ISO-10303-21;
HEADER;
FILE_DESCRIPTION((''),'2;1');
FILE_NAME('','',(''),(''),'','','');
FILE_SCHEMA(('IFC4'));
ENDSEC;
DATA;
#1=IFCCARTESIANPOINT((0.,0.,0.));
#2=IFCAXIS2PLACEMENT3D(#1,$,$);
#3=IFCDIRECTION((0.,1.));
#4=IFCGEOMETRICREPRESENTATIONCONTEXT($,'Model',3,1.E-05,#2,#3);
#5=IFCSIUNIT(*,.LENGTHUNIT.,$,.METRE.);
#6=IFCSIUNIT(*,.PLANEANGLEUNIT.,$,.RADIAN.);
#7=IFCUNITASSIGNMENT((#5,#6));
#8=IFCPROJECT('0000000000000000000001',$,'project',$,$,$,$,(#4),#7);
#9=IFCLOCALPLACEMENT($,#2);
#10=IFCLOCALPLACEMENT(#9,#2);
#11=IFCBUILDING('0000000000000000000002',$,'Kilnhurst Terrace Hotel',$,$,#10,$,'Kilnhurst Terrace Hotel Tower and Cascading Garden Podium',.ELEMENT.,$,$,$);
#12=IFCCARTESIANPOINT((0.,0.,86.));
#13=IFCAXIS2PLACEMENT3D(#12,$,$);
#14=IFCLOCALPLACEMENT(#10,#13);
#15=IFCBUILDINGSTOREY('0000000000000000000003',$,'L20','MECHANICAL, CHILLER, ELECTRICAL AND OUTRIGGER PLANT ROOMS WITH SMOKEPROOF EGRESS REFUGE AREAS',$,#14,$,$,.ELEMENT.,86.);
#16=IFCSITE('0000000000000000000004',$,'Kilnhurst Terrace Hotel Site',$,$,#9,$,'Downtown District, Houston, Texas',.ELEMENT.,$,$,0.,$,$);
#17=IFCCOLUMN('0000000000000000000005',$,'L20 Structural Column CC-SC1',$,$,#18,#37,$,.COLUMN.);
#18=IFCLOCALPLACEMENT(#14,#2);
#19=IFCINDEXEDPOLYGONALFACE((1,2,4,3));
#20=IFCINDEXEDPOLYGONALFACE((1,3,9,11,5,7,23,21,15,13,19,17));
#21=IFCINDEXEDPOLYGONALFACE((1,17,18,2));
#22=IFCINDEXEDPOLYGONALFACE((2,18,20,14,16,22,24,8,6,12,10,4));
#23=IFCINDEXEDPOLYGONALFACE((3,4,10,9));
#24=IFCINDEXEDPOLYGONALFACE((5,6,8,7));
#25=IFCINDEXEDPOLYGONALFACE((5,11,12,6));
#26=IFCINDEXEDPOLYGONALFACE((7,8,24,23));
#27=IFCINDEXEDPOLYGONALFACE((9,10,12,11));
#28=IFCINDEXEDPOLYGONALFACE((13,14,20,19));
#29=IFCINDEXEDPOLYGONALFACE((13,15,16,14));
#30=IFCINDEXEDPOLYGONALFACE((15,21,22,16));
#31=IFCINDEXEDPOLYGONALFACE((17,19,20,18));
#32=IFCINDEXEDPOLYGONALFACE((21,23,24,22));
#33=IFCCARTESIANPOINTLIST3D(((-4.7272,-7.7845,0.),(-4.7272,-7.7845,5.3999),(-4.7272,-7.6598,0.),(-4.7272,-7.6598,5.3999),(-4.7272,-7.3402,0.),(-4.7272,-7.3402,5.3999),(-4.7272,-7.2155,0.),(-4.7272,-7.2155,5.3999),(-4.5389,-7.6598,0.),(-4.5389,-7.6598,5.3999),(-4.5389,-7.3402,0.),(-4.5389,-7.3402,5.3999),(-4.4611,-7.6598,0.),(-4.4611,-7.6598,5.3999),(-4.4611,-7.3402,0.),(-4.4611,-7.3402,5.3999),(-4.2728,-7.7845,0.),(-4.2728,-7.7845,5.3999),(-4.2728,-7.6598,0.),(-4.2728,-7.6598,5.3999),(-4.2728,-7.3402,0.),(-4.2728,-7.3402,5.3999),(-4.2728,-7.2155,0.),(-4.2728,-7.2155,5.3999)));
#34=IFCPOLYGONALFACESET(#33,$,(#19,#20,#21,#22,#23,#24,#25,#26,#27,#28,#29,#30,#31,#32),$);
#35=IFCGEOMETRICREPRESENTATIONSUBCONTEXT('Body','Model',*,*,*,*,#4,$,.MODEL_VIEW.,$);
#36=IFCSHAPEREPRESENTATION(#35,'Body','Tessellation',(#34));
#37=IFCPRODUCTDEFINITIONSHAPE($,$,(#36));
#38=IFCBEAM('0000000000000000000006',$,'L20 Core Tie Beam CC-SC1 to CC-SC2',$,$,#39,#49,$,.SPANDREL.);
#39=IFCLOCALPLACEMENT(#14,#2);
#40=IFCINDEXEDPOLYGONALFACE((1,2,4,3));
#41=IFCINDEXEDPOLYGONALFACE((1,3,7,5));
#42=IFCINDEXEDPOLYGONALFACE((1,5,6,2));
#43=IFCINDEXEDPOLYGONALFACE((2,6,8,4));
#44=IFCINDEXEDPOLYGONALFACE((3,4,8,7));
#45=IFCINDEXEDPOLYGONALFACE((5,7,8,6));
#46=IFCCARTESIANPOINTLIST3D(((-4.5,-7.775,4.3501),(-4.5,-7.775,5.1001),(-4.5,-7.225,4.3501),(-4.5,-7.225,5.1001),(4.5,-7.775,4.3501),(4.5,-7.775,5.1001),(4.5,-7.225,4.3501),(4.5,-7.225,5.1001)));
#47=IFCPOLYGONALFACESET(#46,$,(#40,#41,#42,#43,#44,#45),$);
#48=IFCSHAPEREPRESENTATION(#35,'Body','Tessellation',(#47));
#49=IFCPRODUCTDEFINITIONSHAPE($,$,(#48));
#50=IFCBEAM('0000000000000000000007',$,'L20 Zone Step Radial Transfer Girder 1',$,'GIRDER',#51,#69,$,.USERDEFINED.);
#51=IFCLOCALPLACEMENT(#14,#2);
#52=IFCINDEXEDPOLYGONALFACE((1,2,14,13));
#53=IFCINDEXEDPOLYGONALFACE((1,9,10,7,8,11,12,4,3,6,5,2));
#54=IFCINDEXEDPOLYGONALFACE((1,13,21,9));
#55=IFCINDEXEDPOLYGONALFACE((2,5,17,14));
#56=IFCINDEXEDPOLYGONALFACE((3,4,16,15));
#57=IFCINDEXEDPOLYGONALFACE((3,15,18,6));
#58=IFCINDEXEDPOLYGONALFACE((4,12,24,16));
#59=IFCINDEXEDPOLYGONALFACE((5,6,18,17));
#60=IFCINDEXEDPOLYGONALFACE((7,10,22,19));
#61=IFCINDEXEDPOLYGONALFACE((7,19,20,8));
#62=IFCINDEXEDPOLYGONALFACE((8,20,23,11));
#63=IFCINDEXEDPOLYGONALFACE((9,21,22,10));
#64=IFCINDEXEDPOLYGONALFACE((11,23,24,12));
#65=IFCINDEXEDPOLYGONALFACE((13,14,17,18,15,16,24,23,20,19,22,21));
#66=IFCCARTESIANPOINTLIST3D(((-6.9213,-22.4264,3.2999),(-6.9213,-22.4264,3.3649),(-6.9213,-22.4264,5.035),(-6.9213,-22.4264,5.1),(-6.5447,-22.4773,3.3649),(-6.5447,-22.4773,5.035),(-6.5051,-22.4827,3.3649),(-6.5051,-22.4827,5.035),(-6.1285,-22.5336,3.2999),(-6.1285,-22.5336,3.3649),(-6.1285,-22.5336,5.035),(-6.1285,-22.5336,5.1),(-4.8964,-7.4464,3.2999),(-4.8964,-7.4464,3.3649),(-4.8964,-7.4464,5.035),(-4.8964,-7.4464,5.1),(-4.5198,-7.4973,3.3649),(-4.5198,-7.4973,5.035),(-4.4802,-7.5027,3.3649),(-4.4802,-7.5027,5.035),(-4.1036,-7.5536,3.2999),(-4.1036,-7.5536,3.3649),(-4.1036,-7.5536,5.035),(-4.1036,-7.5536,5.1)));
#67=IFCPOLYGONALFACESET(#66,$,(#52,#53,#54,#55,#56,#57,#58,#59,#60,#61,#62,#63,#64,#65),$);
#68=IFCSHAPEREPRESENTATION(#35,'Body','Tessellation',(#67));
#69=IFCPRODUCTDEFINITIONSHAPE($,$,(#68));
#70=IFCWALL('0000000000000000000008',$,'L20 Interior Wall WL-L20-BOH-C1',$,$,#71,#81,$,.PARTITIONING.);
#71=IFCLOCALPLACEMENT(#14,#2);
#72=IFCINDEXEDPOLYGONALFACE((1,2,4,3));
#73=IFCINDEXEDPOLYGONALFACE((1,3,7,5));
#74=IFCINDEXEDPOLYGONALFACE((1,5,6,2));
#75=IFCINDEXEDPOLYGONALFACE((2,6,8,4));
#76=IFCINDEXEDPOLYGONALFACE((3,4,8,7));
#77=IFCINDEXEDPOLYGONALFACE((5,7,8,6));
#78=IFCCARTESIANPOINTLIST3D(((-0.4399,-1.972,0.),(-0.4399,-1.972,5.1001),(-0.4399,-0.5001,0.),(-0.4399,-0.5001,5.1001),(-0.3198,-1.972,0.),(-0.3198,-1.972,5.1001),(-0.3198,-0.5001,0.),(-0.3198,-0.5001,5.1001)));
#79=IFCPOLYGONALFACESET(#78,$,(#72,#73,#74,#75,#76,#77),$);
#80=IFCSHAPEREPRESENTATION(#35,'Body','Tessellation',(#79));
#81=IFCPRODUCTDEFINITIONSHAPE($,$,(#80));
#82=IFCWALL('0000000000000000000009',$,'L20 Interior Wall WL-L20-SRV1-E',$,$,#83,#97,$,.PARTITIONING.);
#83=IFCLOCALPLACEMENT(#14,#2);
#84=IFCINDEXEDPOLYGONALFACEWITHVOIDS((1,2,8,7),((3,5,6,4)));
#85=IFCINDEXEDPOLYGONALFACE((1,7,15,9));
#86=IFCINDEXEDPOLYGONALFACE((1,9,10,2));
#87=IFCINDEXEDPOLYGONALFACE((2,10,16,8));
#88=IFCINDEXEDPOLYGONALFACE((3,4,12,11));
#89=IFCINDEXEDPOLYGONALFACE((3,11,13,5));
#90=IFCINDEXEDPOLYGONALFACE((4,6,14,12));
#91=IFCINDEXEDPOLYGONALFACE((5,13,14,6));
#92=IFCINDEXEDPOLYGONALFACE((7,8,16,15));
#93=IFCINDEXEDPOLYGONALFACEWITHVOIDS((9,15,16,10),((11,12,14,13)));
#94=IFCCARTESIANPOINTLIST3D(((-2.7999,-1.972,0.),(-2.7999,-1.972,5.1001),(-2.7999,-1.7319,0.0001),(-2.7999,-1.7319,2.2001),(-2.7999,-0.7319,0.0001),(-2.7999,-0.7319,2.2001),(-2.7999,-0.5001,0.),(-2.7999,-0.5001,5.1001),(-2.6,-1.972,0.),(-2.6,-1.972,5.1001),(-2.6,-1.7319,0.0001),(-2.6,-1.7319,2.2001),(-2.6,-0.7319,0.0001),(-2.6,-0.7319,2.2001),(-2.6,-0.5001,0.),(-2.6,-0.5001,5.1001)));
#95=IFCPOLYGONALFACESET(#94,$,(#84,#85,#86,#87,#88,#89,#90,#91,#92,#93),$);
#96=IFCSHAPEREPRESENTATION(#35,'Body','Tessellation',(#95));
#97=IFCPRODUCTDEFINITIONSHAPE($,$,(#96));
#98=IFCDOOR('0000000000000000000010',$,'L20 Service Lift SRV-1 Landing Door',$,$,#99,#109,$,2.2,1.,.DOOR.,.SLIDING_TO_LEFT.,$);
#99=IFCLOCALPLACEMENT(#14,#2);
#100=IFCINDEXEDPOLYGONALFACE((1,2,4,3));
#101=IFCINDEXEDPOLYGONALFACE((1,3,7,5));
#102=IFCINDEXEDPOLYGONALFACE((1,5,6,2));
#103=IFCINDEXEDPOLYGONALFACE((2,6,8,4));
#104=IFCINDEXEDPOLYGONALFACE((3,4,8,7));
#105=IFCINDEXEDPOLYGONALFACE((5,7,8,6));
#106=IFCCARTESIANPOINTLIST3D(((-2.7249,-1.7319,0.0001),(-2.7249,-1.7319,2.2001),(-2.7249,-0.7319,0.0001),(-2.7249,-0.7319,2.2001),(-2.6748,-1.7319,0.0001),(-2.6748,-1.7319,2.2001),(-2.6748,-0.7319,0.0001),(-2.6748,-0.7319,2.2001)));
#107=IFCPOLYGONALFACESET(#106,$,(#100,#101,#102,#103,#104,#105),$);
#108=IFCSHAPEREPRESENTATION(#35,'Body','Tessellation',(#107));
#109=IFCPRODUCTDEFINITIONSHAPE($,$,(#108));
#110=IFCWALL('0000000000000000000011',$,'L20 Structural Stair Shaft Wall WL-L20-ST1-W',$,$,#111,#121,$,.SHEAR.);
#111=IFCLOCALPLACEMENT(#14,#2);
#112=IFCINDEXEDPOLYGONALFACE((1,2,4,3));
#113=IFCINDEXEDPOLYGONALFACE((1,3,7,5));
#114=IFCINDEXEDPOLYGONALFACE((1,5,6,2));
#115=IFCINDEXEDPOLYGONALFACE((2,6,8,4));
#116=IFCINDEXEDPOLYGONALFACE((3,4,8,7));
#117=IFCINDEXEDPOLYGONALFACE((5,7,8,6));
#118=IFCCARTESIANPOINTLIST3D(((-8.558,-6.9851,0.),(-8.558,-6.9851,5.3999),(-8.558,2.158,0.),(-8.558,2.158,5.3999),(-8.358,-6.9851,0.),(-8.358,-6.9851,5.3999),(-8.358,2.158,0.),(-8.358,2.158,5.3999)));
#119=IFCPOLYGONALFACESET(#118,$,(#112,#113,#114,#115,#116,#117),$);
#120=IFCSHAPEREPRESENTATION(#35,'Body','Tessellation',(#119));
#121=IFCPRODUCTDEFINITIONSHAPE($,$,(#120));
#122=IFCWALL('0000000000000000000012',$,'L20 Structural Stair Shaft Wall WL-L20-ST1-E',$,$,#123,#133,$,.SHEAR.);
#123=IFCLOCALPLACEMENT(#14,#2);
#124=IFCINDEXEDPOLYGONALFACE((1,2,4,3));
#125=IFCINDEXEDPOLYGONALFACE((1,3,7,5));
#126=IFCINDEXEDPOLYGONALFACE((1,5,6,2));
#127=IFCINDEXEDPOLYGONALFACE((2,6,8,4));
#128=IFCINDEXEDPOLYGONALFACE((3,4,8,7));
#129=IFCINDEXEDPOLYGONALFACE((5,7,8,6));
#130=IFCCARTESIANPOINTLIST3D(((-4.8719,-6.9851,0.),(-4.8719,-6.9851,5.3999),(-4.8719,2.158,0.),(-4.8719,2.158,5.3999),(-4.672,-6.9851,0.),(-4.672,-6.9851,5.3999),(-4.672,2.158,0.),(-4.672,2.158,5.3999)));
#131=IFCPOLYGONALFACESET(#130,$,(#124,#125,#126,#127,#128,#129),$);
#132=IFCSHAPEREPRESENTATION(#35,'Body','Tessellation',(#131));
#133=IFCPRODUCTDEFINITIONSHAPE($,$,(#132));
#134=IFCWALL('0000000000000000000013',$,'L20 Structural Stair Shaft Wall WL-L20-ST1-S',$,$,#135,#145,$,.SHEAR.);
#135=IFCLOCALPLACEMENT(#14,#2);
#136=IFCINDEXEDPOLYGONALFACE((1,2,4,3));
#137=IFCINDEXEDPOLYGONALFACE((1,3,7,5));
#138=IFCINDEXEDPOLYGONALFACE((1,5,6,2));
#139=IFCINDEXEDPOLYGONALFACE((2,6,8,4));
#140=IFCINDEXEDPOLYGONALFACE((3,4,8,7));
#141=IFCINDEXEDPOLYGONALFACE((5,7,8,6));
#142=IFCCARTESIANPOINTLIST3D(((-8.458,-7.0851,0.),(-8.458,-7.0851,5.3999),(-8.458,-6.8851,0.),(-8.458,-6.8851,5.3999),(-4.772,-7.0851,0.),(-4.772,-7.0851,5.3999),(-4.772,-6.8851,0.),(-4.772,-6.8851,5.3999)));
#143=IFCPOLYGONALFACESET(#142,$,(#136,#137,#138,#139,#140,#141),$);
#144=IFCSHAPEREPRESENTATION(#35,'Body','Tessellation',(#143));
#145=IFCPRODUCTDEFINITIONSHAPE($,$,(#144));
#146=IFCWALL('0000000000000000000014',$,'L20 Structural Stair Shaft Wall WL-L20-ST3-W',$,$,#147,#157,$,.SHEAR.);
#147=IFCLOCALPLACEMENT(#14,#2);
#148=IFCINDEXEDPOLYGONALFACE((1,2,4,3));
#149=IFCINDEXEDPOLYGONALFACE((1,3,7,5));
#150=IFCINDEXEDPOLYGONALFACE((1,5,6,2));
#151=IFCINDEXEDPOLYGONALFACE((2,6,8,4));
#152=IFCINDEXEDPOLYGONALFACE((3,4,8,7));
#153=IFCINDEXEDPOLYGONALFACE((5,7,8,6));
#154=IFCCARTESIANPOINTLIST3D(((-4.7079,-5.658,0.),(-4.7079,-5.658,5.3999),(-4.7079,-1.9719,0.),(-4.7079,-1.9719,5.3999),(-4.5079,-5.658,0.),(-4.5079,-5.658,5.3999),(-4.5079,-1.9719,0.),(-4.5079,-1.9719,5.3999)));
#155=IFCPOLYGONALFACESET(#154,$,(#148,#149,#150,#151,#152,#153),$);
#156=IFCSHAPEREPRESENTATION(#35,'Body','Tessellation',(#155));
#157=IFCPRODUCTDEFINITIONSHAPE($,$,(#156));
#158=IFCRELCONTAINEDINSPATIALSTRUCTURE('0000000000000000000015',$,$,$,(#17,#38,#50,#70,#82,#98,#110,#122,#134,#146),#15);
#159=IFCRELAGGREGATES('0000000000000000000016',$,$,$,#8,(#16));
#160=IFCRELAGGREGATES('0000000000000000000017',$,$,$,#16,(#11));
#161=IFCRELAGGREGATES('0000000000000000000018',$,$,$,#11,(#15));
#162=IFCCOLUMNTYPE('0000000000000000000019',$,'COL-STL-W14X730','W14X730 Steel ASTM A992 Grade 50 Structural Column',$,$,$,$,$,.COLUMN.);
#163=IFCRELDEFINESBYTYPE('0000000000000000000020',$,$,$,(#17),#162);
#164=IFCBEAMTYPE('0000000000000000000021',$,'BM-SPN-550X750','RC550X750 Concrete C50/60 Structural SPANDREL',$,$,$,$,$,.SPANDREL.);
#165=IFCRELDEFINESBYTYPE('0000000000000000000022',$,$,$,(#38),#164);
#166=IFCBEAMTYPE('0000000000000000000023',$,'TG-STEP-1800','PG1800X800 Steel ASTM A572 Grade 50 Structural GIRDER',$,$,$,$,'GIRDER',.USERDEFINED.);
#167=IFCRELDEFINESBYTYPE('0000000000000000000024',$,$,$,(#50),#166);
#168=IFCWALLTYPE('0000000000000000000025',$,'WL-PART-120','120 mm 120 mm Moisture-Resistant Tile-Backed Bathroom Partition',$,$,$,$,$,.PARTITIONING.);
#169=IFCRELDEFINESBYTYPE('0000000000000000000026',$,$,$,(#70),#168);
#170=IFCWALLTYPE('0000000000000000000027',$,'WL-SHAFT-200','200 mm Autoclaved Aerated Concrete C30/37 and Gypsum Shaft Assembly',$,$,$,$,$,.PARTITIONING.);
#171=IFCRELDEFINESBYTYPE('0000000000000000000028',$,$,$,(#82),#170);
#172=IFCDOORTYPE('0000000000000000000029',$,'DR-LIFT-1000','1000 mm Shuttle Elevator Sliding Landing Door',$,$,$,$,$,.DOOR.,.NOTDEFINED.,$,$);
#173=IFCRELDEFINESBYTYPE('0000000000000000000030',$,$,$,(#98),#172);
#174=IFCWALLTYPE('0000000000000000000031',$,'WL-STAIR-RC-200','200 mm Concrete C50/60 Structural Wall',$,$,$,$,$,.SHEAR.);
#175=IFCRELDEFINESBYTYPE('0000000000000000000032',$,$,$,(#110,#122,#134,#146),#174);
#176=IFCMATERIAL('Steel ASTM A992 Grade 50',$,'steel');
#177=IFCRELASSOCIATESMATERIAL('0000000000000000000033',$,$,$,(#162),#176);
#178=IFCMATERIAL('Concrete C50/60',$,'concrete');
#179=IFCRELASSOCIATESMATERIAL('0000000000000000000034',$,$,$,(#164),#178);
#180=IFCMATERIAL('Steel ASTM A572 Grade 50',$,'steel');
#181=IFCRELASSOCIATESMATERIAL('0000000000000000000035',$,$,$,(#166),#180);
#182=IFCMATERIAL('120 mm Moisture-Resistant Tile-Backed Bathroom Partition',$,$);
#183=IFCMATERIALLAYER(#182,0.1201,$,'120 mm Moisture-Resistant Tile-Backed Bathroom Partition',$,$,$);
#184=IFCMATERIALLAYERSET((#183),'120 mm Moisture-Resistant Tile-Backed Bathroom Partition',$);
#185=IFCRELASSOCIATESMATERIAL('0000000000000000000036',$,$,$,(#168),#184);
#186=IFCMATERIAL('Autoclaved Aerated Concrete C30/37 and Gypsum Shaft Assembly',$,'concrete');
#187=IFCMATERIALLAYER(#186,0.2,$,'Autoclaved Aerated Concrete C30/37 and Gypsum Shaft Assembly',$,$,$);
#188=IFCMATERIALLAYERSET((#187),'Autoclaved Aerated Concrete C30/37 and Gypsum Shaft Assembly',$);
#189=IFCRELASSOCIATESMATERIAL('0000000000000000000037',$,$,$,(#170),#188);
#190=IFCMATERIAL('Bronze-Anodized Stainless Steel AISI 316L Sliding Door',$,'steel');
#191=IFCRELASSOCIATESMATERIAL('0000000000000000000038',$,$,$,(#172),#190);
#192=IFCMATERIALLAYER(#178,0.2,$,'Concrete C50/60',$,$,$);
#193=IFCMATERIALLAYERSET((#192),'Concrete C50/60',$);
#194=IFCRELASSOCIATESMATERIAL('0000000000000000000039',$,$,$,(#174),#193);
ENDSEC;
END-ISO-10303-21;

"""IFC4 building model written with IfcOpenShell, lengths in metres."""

from ifc_helpers import new_model, si_unit, direction, frame, frame_2d, origin, origin_2d, place, context, subcontext, project, spatial, rectangle, i_section, extrude, material, layer, layer_set, material_profile, profile_set, type_object, element, fill, save


model = new_model("IFC4")

# Units and contexts
model_context = context("Model", 3, precision=1e-05, world=origin(), true_north=direction((0.0, 1.0)))
body_context = subcontext(model_context, "Body", "Model", "MODEL_VIEW")
ifc_project = project(units=[si_unit("LENGTHUNIT", "METRE"), si_unit("PLANEANGLEUNIT", "RADIAN")], contexts=[model_context])

# Site, building, storey
site_placement = place(None, origin())
site = spatial("IfcSite", under=ifc_project, at=site_placement, Name="Kilnhurst Terrace Hotel Site", LongName="Downtown District, Houston, Texas", CompositionType="ELEMENT", RefElevation=0.0)
building_placement = place(site_placement, origin())
building = spatial("IfcBuilding", under=site, at=building_placement, Name="Kilnhurst Terrace Hotel", LongName="Kilnhurst Terrace Hotel Tower and Cascading Garden Podium", CompositionType="ELEMENT")
storey_placement = place(building_placement, frame((0.0, 0.0, 86.0)))
storey = spatial("IfcBuildingStorey", under=building, at=storey_placement, Name="L20", Description="MECHANICAL, CHILLER, ELECTRICAL AND OUTRIGGER PLANT ROOMS WITH SMOKEPROOF EGRESS REFUGE AREAS", CompositionType="ELEMENT", Elevation=86.0)

# Column
ifc_material_1 = material(Name="Steel ASTM A992 Grade 50", Category="steel")
ifc_material_profile_1 = material_profile(ifc_material_1, i_section(OverallWidth=0.4543, OverallDepth=0.5691, WebThickness=0.0779, FlangeThickness=0.1248, at=origin_2d()), Name="W14X730")
ifc_profile_set_1 = profile_set([ifc_material_profile_1], Name="Steel ASTM A992 Grade 50")
column_type = type_object("IfcColumnType", Name="COL-STL-W14X730", Description="W14X730 Steel ASTM A992 Grade 50 Structural Column", PredefinedType="COLUMN", material=ifc_profile_set_1)
column_placement = place(storey_placement, frame((-4.5, -7.5, 0.0), z_axis=(0.0, 0.0, 1.0), x_axis=(1.0, 0.0, 0.0)))
element("IfcColumn", 1, at=column_placement, inside=storey, type_object=column_type, Name="L20 Structural Column CC-SC1", PredefinedType="COLUMN", context=body_context, shape_type="SweptSolid", body=[
    extrude(i_section(OverallWidth=0.4543, OverallDepth=0.5691, WebThickness=0.0779, FlangeThickness=0.1248, at=origin_2d()), origin(), (0.0, 0.0, 1.0), 5.3999),
])

# Beams
ifc_material_2 = material(Name="Concrete C50/60", Category="concrete")
ifc_material_profile_2 = material_profile(ifc_material_2, rectangle(XDim=0.55, YDim=0.75, at=origin_2d()), Name="RC550X750")
ifc_profile_set_2 = profile_set([ifc_material_profile_2], Name="Concrete C50/60")
beam_type_1 = type_object("IfcBeamType", Name="BM-SPN-550X750", Description="RC550X750 Concrete C50/60 Structural SPANDREL", PredefinedType="SPANDREL", material=ifc_profile_set_2)
beam_1_placement = place(storey_placement, frame((-4.5, -7.5, 4.7251), z_axis=(1.0, 0.0, 0.0), x_axis=(0.0, 1.0, 0.0)))
element("IfcBeam", 2, at=beam_1_placement, inside=storey, type_object=beam_type_1, Name="L20 Core Tie Beam CC-SC1 to CC-SC2", PredefinedType="SPANDREL", context=body_context, shape_type="SweptSolid", body=[
    extrude(rectangle(XDim=0.55, YDim=0.75, at=origin_2d()), origin(), (0.0, 0.0, 1.0), 9.0),
])
ifc_material_3 = material(Name="Steel ASTM A572 Grade 50", Category="steel")
ifc_material_profile_3 = material_profile(ifc_material_3, i_section(OverallWidth=0.8, OverallDepth=1.8, WebThickness=0.04, FlangeThickness=0.0649, at=origin_2d()), Name="PG1800X800")
ifc_profile_set_3 = profile_set([ifc_material_profile_3], Name="Steel ASTM A572 Grade 50")
beam_type_2 = type_object("IfcBeamType", Name="TG-STEP-1800", Description="PG1800X800 Steel ASTM A572 Grade 50 Structural GIRDER", ElementType="GIRDER", PredefinedType="USERDEFINED", material=ifc_profile_set_3)
beam_2_placement = place(storey_placement, frame((-4.5, -7.5, 4.2), z_axis=(-0.133956, -0.990987, 0.0), x_axis=(0.990987, -0.133956, 0.0)))
element("IfcBeam", 3, at=beam_2_placement, inside=storey, type_object=beam_type_2, Name="L20 Zone Step Radial Transfer Girder 1", ObjectType="GIRDER", PredefinedType="USERDEFINED", context=body_context, shape_type="SweptSolid", body=[
    extrude(i_section(OverallWidth=0.8, OverallDepth=1.8, WebThickness=0.04, FlangeThickness=0.0649, at=origin_2d()), origin(), (0.0, 0.0, 1.0), 15.1162),
])

# Wall
ifc_material_4 = material(Name="120 mm Moisture-Resistant Tile-Backed Bathroom Partition")
ifc_layer_1 = layer(ifc_material_4, 0.1201, Name="120 mm Moisture-Resistant Tile-Backed Bathroom Partition")
ifc_layer_set_1 = layer_set([ifc_layer_1], Name="120 mm Moisture-Resistant Tile-Backed Bathroom Partition")
wall_type_1 = type_object("IfcWallType", Name="WL-PART-120", Description="120 mm 120 mm Moisture-Resistant Tile-Backed Bathroom Partition", PredefinedType="PARTITIONING", material=ifc_layer_set_1)
wall_1_placement = place(storey_placement, frame((-0.3799, -1.9719, 0.0), z_axis=(0.0, 0.0, 1.0), x_axis=(0.0, 1.0, 0.0)))
element("IfcWall", 4, at=wall_1_placement, inside=storey, type_object=wall_type_1, Name="L20 Interior Wall WL-L20-BOH-C1", PredefinedType="PARTITIONING", context=body_context, shape_type="SweptSolid", body=[
    extrude(rectangle(XDim=1.4719, YDim=0.1201, at=frame_2d((0.7358, 0.0))), origin(), (0.0, 0.0, 1.0), 5.1001),
])

# Wall, opening, door
ifc_material_5 = material(Name="Autoclaved Aerated Concrete C30/37 and Gypsum Shaft Assembly", Category="concrete")
ifc_layer_2 = layer(ifc_material_5, 0.2, Name="Autoclaved Aerated Concrete C30/37 and Gypsum Shaft Assembly")
ifc_layer_set_2 = layer_set([ifc_layer_2], Name="Autoclaved Aerated Concrete C30/37 and Gypsum Shaft Assembly")
wall_type_2 = type_object("IfcWallType", Name="WL-SHAFT-200", Description="200 mm Autoclaved Aerated Concrete C30/37 and Gypsum Shaft Assembly", PredefinedType="PARTITIONING", material=ifc_layer_set_2)
wall_2_placement = place(storey_placement, frame((-2.7, -1.9719, 0.0), z_axis=(0.0, 0.0, 1.0), x_axis=(0.0, 1.0, 0.0)))
wall_2 = element("IfcWall", 5, at=wall_2_placement, inside=storey, type_object=wall_type_2, Name="L20 Interior Wall WL-L20-SRV1-E", PredefinedType="PARTITIONING", context=body_context, shape_type="SweptSolid", body=[
    extrude(rectangle(XDim=1.4719, YDim=0.2, at=frame_2d((0.7358, 0.0))), origin(), (0.0, 0.0, 1.0), 5.1001),
])
opening_1_placement = place(wall_2_placement, frame((0.24, 0.0, 0.0)))
opening_1 = element("IfcOpeningElement", 6, at=opening_1_placement, cuts=wall_2, PredefinedType="OPENING", context=body_context, shape_type="SweptSolid", body=[
    extrude(rectangle(XDim=1.0, YDim=2.2, at=frame_2d((0.5, 1.1001))), frame((0.0, 0.1099, 0.0), z_axis=(0.0, -1.0, 0.0), x_axis=(1.0, 0.0, 0.0)), (0.0, 0.0, 1.0), 0.22),
])
ifc_material_6 = material(Name="Bronze-Anodized Stainless Steel AISI 316L Sliding Door", Category="steel")
door_type_1 = type_object("IfcDoorType", Name="DR-LIFT-1000", Description="1000 mm Shuttle Elevator Sliding Landing Door", OperationType="NOTDEFINED", PredefinedType="DOOR", material=ifc_material_6)
door_1_placement = place(opening_1_placement, origin())
door_1 = element("IfcDoor", 7, at=door_1_placement, inside=storey, type_object=door_type_1, Name="L20 Service Lift SRV-1 Landing Door", OperationType="SLIDING_TO_LEFT", OverallHeight=2.2, OverallWidth=1.0, PredefinedType="DOOR", context=body_context, shape_type="SweptSolid", body=[
    extrude(rectangle(XDim=1.0, YDim=2.2, at=frame_2d((0.5, 1.1001))), frame((0.0, 0.0249, 0.0), z_axis=(0.0, -1.0, 0.0), x_axis=(1.0, 0.0, 0.0)), (0.0, 0.0, 1.0), 0.05),
])
fill(opening_1, door_1)

# Walls
ifc_layer_3 = layer(ifc_material_2, 0.2, Name="Concrete C50/60")
ifc_layer_set_3 = layer_set([ifc_layer_3], Name="Concrete C50/60")
wall_type_3 = type_object("IfcWallType", Name="WL-STAIR-RC-200", Description="200 mm Concrete C50/60 Structural Wall", PredefinedType="SHEAR", material=ifc_layer_set_3)
for number, where, z_axis, x_axis, name in (
    (8, (-8.458, -6.9851, 0.0), (0.0, 0.0, 1.0), (0.0, 1.0, 0.0), "L20 Structural Stair Shaft Wall WL-L20-ST1-W"),
    (9, (-4.772, -6.9851, 0.0), (0.0, 0.0, 1.0), (0.0, 1.0, 0.0), "L20 Structural Stair Shaft Wall WL-L20-ST1-E"),
):
    element("IfcWall", number, at=place(storey_placement, frame(where, z_axis=z_axis, x_axis=x_axis)), inside=storey, type_object=wall_type_3, Name=name, PredefinedType="SHEAR", context=body_context, shape_type="SweptSolid", body=[
        extrude(rectangle(XDim=9.1431, YDim=0.2, at=frame_2d((4.5715, 0.0))), origin(), (0.0, 0.0, 1.0), 5.3999),
    ])
for number, where, z_axis, x_axis, name in (
    (10, (-8.458, -6.9851, 0.0), (0.0, 0.0, 1.0), (1.0, 0.0, 0.0), "L20 Structural Stair Shaft Wall WL-L20-ST1-S"),
    (11, (-4.6079, -5.658, 0.0), (0.0, 0.0, 1.0), (0.0, 1.0, 0.0), "L20 Structural Stair Shaft Wall WL-L20-ST3-W"),
):
    element("IfcWall", number, at=place(storey_placement, frame(where, z_axis=z_axis, x_axis=x_axis)), inside=storey, type_object=wall_type_3, Name=name, PredefinedType="SHEAR", context=body_context, shape_type="SweptSolid", body=[
        extrude(rectangle(XDim=3.686, YDim=0.2, at=frame_2d((1.843, 0.0))), origin(), (0.0, 0.0, 1.0), 5.3999),
    ])

save(model, "model.ifc")
